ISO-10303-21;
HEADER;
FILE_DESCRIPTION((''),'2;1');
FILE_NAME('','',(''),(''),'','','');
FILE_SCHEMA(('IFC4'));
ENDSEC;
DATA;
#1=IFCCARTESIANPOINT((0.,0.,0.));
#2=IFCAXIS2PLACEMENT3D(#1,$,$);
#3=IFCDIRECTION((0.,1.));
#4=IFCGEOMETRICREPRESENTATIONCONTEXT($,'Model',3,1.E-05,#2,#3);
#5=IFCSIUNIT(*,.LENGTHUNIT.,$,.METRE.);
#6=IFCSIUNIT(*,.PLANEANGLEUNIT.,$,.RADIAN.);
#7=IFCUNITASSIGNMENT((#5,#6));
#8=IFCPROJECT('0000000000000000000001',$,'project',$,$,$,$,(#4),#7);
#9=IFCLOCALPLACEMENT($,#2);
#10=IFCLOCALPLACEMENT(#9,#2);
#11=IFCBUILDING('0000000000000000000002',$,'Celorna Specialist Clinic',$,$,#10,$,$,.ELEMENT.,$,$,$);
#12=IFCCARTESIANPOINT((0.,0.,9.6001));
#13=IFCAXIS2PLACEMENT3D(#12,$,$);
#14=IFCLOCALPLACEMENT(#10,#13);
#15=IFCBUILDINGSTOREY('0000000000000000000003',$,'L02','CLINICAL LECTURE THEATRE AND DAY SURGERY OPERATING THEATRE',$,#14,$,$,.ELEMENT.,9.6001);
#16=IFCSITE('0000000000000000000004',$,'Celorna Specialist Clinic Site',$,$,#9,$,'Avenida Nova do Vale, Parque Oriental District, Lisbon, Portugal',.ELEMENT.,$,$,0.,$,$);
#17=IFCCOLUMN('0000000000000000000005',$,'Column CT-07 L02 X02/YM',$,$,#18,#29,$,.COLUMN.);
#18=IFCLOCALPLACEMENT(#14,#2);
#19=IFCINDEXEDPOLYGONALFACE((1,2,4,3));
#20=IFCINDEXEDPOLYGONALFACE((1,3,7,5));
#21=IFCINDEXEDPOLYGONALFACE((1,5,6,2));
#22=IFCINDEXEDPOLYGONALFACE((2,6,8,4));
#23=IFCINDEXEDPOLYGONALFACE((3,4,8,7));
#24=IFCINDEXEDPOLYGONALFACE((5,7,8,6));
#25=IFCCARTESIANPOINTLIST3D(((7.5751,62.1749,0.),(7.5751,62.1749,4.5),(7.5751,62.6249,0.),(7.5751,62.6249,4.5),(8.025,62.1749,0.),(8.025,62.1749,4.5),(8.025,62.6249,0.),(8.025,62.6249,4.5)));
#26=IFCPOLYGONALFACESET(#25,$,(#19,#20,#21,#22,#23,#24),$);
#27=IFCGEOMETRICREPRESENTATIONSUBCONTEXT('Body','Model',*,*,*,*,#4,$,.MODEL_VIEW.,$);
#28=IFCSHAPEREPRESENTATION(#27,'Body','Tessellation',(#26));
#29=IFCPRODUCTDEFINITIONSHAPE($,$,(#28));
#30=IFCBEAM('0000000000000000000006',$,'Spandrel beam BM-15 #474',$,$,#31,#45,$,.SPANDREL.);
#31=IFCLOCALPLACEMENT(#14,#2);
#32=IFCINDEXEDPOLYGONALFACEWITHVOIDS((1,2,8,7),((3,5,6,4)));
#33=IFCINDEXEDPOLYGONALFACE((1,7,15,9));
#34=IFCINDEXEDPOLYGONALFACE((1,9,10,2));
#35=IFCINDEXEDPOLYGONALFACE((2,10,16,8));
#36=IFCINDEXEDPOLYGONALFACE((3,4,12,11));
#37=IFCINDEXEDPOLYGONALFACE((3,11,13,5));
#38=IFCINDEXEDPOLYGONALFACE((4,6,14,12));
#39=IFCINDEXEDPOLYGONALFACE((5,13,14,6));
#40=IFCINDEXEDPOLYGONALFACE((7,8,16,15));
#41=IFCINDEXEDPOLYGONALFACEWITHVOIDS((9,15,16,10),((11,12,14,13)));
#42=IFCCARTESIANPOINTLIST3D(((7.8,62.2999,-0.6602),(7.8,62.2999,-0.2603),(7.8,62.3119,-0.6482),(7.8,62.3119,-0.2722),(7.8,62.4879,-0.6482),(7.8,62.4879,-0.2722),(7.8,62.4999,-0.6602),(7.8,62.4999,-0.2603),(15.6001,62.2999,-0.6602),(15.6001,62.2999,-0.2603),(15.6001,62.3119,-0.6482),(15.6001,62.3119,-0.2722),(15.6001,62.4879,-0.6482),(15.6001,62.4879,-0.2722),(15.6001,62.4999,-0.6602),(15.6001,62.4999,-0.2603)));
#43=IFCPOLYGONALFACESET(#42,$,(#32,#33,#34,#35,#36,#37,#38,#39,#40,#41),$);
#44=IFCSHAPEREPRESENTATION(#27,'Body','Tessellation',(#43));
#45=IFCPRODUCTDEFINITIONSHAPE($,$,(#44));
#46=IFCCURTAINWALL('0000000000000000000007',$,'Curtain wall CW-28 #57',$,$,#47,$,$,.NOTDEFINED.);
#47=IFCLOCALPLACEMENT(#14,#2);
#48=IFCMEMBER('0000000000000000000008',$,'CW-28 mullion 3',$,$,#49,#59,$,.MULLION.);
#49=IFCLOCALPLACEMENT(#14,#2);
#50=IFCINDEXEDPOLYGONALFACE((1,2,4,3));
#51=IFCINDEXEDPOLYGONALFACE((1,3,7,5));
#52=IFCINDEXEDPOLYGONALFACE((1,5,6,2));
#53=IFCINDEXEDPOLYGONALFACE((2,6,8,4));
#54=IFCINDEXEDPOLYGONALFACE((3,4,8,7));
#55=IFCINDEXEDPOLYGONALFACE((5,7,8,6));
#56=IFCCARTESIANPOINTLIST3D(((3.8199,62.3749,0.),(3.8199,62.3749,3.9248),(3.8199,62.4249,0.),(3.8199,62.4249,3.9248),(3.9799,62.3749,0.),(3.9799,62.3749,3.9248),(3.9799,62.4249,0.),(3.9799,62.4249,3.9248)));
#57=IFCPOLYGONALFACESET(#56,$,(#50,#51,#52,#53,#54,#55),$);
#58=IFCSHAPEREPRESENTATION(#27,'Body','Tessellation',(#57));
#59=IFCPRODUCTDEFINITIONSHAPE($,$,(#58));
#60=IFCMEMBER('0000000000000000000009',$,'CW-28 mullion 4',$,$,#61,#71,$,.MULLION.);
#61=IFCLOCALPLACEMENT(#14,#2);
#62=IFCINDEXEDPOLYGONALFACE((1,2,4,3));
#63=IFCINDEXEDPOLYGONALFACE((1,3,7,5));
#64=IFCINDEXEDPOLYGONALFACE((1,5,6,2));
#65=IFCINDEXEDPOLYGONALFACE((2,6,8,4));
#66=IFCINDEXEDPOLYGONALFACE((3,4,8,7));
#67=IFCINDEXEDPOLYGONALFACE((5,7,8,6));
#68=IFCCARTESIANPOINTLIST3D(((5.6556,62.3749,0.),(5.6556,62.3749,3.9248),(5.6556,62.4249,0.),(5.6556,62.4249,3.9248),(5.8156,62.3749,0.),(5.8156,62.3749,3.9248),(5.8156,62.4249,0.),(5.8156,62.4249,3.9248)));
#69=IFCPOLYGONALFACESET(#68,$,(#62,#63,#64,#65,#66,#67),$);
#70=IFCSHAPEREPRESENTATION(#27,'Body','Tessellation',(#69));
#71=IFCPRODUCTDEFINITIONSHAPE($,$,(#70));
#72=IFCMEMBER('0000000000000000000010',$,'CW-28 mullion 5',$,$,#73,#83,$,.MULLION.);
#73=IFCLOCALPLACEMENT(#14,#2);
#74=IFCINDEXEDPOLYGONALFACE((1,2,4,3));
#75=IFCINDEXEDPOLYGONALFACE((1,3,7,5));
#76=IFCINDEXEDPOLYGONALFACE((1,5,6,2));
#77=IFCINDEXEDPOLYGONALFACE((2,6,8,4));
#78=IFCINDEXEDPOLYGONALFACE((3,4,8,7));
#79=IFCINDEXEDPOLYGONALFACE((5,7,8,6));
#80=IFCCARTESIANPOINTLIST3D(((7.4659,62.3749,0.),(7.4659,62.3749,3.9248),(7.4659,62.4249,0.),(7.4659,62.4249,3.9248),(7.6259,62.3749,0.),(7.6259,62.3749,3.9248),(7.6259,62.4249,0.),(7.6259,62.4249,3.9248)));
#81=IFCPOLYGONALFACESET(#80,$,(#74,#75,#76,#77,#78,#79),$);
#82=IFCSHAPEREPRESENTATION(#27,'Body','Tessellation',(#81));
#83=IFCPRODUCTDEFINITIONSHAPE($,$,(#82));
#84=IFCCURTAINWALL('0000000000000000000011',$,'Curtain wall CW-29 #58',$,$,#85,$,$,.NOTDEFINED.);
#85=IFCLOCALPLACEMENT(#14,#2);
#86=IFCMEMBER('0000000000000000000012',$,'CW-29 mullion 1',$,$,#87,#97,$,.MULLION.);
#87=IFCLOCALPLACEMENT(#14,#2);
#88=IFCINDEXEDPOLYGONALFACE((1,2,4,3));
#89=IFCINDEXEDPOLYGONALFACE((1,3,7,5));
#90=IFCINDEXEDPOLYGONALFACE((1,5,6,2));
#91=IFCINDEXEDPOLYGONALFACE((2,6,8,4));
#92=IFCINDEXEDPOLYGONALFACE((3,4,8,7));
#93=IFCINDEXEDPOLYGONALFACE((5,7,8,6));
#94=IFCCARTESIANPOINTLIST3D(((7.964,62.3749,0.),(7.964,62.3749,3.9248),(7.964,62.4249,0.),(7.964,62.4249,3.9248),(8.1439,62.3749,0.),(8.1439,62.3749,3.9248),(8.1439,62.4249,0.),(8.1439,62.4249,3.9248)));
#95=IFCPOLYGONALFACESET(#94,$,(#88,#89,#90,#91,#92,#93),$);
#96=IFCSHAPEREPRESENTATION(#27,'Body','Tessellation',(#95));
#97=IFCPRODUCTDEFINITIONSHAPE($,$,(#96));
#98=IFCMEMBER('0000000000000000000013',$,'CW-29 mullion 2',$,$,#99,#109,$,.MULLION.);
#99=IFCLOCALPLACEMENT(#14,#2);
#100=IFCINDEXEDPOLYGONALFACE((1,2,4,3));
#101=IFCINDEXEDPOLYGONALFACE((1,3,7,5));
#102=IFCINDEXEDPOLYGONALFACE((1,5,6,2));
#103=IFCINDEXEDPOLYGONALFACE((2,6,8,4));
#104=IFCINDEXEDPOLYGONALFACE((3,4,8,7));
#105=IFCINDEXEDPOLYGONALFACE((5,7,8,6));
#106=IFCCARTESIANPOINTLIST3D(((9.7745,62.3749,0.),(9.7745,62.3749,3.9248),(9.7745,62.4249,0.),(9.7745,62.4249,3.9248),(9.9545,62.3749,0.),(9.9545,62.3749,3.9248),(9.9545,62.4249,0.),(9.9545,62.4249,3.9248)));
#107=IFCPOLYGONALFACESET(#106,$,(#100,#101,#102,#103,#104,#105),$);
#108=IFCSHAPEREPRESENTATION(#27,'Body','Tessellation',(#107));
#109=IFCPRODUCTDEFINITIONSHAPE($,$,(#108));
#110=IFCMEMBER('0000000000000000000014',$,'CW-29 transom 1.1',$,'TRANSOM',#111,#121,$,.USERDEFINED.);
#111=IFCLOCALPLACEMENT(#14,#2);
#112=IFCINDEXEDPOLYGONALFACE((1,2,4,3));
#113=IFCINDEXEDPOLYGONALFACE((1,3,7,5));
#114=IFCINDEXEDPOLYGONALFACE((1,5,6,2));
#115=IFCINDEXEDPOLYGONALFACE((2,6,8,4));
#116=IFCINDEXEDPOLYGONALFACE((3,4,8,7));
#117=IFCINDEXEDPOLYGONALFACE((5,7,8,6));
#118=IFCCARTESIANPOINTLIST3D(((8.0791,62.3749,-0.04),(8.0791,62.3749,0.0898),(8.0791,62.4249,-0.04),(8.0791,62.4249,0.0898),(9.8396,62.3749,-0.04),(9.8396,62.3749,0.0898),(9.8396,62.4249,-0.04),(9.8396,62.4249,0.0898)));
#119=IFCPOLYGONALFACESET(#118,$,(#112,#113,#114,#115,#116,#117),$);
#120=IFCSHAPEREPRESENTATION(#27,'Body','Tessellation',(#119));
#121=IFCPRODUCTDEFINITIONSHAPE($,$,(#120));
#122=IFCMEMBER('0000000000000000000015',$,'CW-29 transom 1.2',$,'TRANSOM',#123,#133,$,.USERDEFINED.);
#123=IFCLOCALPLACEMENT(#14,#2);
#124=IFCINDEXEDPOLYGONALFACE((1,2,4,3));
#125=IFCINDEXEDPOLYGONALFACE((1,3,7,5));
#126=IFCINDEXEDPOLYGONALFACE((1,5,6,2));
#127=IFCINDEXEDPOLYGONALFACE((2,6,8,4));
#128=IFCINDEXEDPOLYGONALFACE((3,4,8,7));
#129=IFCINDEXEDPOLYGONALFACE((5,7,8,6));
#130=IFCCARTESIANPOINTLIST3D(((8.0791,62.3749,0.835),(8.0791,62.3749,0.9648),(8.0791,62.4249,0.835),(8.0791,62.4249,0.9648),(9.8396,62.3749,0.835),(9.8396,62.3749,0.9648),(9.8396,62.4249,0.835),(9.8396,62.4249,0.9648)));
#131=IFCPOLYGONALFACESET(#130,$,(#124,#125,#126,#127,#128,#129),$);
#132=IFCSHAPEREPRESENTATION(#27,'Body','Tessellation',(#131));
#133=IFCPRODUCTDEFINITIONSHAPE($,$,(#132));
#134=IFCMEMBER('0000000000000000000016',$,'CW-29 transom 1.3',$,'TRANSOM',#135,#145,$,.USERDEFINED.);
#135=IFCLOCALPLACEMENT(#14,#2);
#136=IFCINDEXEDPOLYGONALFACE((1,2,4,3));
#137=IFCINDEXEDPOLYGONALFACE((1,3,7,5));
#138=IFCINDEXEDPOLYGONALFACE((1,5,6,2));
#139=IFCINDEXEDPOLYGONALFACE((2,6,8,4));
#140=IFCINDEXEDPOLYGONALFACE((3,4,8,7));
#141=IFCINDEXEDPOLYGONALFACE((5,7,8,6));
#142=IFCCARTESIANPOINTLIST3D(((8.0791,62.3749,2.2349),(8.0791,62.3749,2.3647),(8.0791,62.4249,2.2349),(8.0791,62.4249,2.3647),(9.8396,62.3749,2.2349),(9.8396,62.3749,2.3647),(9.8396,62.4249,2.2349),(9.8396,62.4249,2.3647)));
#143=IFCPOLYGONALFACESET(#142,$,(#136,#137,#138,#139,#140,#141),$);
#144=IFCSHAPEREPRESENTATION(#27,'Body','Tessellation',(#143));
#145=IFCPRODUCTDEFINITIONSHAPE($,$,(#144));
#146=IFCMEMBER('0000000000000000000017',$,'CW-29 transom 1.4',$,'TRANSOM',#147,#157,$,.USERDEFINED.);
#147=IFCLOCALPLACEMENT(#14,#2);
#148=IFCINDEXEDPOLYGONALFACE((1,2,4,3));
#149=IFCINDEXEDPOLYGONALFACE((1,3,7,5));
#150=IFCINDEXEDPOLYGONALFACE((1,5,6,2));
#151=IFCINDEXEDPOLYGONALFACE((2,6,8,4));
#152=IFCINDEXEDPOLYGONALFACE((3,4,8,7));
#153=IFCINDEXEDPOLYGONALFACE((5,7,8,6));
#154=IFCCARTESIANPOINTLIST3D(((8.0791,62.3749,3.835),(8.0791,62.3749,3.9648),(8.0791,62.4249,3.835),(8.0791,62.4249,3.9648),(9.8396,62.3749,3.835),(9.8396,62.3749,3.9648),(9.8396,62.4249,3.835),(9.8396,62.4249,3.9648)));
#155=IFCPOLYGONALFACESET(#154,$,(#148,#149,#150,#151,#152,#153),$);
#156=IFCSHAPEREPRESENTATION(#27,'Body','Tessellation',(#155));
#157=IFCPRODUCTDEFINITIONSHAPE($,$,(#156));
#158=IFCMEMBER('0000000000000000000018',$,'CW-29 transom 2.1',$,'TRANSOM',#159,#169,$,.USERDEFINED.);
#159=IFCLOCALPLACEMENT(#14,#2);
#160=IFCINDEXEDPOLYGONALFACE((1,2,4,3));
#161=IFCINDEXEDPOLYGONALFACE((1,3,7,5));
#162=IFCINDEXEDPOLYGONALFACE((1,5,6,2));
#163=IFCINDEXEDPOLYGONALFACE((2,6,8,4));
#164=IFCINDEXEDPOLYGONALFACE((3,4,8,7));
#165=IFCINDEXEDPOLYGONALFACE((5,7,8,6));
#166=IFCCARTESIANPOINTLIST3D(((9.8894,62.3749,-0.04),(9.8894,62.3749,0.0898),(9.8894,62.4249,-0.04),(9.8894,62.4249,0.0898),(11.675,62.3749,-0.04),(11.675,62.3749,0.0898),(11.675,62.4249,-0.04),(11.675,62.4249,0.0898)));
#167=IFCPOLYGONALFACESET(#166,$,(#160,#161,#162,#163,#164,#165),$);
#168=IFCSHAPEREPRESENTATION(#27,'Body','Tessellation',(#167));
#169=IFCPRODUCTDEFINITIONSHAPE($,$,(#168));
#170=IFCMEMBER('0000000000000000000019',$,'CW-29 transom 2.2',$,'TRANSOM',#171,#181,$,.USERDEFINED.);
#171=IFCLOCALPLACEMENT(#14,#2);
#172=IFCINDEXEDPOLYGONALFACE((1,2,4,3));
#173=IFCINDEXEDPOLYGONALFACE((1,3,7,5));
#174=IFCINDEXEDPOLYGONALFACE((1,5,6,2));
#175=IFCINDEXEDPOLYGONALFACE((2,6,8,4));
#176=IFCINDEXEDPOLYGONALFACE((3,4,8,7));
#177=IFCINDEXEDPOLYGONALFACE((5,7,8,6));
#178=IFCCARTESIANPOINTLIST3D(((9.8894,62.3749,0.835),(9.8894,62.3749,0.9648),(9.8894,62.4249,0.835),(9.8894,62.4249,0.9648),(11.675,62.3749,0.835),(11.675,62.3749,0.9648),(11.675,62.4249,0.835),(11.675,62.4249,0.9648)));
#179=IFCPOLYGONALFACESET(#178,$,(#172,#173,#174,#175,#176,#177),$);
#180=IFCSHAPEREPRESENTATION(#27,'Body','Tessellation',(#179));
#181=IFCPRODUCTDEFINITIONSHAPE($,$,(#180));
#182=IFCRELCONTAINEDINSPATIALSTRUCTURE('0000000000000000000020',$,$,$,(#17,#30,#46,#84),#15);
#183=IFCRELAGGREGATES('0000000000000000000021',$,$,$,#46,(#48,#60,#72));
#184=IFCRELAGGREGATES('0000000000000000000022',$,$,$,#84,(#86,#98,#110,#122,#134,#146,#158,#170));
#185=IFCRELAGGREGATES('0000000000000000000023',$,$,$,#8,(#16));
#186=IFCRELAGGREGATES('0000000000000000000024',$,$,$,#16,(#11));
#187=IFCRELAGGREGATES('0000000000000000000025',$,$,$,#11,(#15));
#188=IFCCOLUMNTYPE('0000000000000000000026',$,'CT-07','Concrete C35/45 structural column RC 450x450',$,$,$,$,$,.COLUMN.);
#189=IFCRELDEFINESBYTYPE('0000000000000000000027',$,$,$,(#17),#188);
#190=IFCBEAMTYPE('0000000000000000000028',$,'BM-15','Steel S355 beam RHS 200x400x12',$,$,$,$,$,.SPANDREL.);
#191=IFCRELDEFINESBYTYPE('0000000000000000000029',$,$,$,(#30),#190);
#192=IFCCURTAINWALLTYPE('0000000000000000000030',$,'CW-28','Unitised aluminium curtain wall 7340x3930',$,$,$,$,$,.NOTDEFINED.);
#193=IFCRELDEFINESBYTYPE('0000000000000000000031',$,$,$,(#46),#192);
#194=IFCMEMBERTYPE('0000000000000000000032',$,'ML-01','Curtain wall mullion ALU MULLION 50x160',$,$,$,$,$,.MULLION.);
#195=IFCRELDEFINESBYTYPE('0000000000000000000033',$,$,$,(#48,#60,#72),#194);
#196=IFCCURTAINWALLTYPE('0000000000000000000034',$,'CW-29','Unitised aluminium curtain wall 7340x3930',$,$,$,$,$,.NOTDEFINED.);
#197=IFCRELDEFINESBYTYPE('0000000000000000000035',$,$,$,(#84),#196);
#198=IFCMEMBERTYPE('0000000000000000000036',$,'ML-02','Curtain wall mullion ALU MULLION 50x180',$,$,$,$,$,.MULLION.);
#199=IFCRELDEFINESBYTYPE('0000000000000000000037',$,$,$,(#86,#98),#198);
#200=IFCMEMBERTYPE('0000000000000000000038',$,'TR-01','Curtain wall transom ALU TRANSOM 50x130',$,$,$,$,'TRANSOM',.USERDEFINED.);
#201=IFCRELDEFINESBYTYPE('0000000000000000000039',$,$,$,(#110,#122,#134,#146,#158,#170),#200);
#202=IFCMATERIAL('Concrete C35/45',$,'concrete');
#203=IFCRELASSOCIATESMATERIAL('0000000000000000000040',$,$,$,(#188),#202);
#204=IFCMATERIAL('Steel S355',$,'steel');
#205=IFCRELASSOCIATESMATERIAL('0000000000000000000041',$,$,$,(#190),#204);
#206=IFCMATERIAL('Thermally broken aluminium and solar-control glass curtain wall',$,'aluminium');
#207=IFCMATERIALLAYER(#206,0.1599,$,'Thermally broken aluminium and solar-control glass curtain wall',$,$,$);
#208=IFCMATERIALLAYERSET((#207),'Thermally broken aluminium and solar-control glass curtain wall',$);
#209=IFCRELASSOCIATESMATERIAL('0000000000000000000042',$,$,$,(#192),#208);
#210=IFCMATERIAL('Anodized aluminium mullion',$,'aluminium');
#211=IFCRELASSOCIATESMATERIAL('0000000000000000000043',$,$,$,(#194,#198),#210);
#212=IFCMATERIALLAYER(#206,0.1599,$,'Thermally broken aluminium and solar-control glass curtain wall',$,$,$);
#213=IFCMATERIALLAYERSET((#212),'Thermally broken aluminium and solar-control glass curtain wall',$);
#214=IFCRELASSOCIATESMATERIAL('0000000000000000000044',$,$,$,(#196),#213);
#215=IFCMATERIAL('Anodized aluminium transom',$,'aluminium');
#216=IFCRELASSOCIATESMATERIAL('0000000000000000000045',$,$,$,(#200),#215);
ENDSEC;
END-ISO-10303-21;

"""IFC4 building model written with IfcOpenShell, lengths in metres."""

from ifc_helpers import new_model, si_unit, direction, frame, origin, origin_2d, place, context, subcontext, project, spatial, rectangle, hollow_rectangle, extrude, material, layer, layer_set, material_profile, profile_set, type_object, element, aggregate, save


model = new_model("IFC4")

# Units and contexts
model_context = context("Model", 3, precision=1e-05, world=origin(), true_north=direction((0.0, 1.0)))
body_context = subcontext(model_context, "Body", "Model", "MODEL_VIEW")
ifc_project = project(units=[si_unit("LENGTHUNIT", "METRE"), si_unit("PLANEANGLEUNIT", "RADIAN")], contexts=[model_context])

# Site, building, storey
site_placement = place(None, origin())
site = spatial("IfcSite", under=ifc_project, at=site_placement, Name="Celorna Specialist Clinic Site", LongName="Avenida Nova do Vale, Parque Oriental District, Lisbon, Portugal", CompositionType="ELEMENT", RefElevation=0.0)
building_placement = place(site_placement, origin())
building = spatial("IfcBuilding", under=site, at=building_placement, Name="Celorna Specialist Clinic", CompositionType="ELEMENT")
storey_placement = place(building_placement, frame((0.0, 0.0, 9.6001)))
storey = spatial("IfcBuildingStorey", under=building, at=storey_placement, Name="L02", Description="CLINICAL LECTURE THEATRE AND DAY SURGERY OPERATING THEATRE", CompositionType="ELEMENT", Elevation=9.6001)

# Column
ifc_material_1 = material(Name="Concrete C35/45", Category="concrete")
ifc_material_profile_1 = material_profile(ifc_material_1, rectangle(XDim=0.45, YDim=0.45, at=origin_2d()), Name="RC 450x450")
ifc_profile_set_1 = profile_set([ifc_material_profile_1], Name="Concrete C35/45")
column_type = type_object("IfcColumnType", Name="CT-07", Description="Concrete C35/45 structural column RC 450x450", PredefinedType="COLUMN", material=ifc_profile_set_1)
column_placement = place(storey_placement, frame((7.8, 62.3999, 0.0), z_axis=(0.0, 0.0, 1.0), x_axis=(1.0, 0.0, 0.0)))
element("IfcColumn", 1, at=column_placement, inside=storey, type_object=column_type, Name="Column CT-07 L02 X02/YM", PredefinedType="COLUMN", context=body_context, shape_type="SweptSolid", body=[
    extrude(rectangle(XDim=0.45, YDim=0.45, at=origin_2d()), origin(), (0.0, 0.0, 1.0), 4.5),
])

# Beam
ifc_material_2 = material(Name="Steel S355", Category="steel")
ifc_material_profile_2 = material_profile(ifc_material_2, hollow_rectangle(XDim=0.2, YDim=0.3999, WallThickness=0.012, at=origin_2d()), Name="RHS 200x400x12")
ifc_profile_set_2 = profile_set([ifc_material_profile_2], Name="Steel S355")
beam_type = type_object("IfcBeamType", Name="BM-15", Description="Steel S355 beam RHS 200x400x12", PredefinedType="SPANDREL", material=ifc_profile_set_2)
beam_placement = place(storey_placement, frame((7.8, 62.3999, -0.4602), z_axis=(1.0, 0.0, 0.0), x_axis=(0.0, 1.0, 0.0)))
element("IfcBeam", 2, at=beam_placement, inside=storey, type_object=beam_type, Name="Spandrel beam BM-15 #474", PredefinedType="SPANDREL", context=body_context, shape_type="SweptSolid", body=[
    extrude(hollow_rectangle(XDim=0.2, YDim=0.3999, WallThickness=0.012, at=origin_2d()), origin(), (0.0, 0.0, 1.0), 7.8),
])

# Curtain walls, members
ifc_material_3 = material(Name="Thermally broken aluminium and solar-control glass curtain wall", Category="aluminium")
ifc_layer_1 = layer(ifc_material_3, 0.1599, Name="Thermally broken aluminium and solar-control glass curtain wall")
ifc_layer_set_1 = layer_set([ifc_layer_1], Name="Thermally broken aluminium and solar-control glass curtain wall")
curtain_wall_type_1 = type_object("IfcCurtainWallType", Name="CW-28", Description="Unitised aluminium curtain wall 7340x3930", PredefinedType="NOTDEFINED", material=ifc_layer_set_1)
curtain_wall_1_placement = place(storey_placement, origin())
curtain_wall_1 = element("IfcCurtainWall", 3, at=curtain_wall_1_placement, inside=storey, type_object=curtain_wall_type_1, Name="Curtain wall CW-28 #57", PredefinedType="NOTDEFINED")
ifc_material_4 = material(Name="Anodized aluminium mullion", Category="aluminium")
ifc_material_profile_3 = material_profile(ifc_material_4, rectangle(XDim=0.05, YDim=0.1599, at=origin_2d()), Name="ALU MULLION 50x160")
ifc_profile_set_3 = profile_set([ifc_material_profile_3], Name="Anodized aluminium mullion")
member_type_1 = type_object("IfcMemberType", Name="ML-01", Description="Curtain wall mullion ALU MULLION 50x160", PredefinedType="MULLION", material=ifc_profile_set_3)
member_1_placement = place(storey_placement, frame((3.8999, 62.3999, 0.0), z_axis=(0.0, 0.0, 1.0), x_axis=(0.0, 1.0, 0.0)))
member_1 = element("IfcMember", 4, at=member_1_placement, type_object=member_type_1, Name="CW-28 mullion 3", PredefinedType="MULLION", context=body_context, shape_type="SweptSolid", body=[
    extrude(rectangle(XDim=0.05, YDim=0.1599, at=origin_2d()), origin(), (0.0, 0.0, 1.0), 3.9248),
])
member_2_placement = place(storey_placement, frame((5.7356, 62.3999, 0.0), z_axis=(0.0, 0.0, 1.0), x_axis=(0.0, 1.0, 0.0)))
member_2 = element("IfcMember", 5, at=member_2_placement, type_object=member_type_1, Name="CW-28 mullion 4", PredefinedType="MULLION", context=body_context, shape_type="SweptSolid", body=[
    extrude(rectangle(XDim=0.05, YDim=0.1599, at=origin_2d()), origin(), (0.0, 0.0, 1.0), 3.9248),
])
member_3_placement = place(storey_placement, frame((7.5459, 62.3999, 0.0), z_axis=(0.0, 0.0, 1.0), x_axis=(0.0, 1.0, 0.0)))
member_3 = element("IfcMember", 6, at=member_3_placement, type_object=member_type_1, Name="CW-28 mullion 5", PredefinedType="MULLION", context=body_context, shape_type="SweptSolid", body=[
    extrude(rectangle(XDim=0.05, YDim=0.1599, at=origin_2d()), origin(), (0.0, 0.0, 1.0), 3.9248),
])
ifc_layer_2 = layer(ifc_material_3, 0.1599, Name="Thermally broken aluminium and solar-control glass curtain wall")
ifc_layer_set_2 = layer_set([ifc_layer_2], Name="Thermally broken aluminium and solar-control glass curtain wall")
curtain_wall_type_2 = type_object("IfcCurtainWallType", Name="CW-29", Description="Unitised aluminium curtain wall 7340x3930", PredefinedType="NOTDEFINED", material=ifc_layer_set_2)
curtain_wall_2_placement = place(storey_placement, origin())
curtain_wall_2 = element("IfcCurtainWall", 7, at=curtain_wall_2_placement, inside=storey, type_object=curtain_wall_type_2, Name="Curtain wall CW-29 #58", PredefinedType="NOTDEFINED")
ifc_material_profile_4 = material_profile(ifc_material_4, rectangle(XDim=0.05, YDim=0.1799, at=origin_2d()), Name="ALU MULLION 50x180")
ifc_profile_set_4 = profile_set([ifc_material_profile_4], Name="Anodized aluminium mullion")
member_type_2 = type_object("IfcMemberType", Name="ML-02", Description="Curtain wall mullion ALU MULLION 50x180", PredefinedType="MULLION", material=ifc_profile_set_4)
member_4_placement = place(storey_placement, frame((8.054, 62.3999, 0.0), z_axis=(0.0, 0.0, 1.0), x_axis=(0.0, 1.0, 0.0)))
member_4 = element("IfcMember", 8, at=member_4_placement, type_object=member_type_2, Name="CW-29 mullion 1", PredefinedType="MULLION", context=body_context, shape_type="SweptSolid", body=[
    extrude(rectangle(XDim=0.05, YDim=0.1799, at=origin_2d()), origin(), (0.0, 0.0, 1.0), 3.9248),
])
member_5_placement = place(storey_placement, frame((9.8645, 62.3999, 0.0), z_axis=(0.0, 0.0, 1.0), x_axis=(0.0, 1.0, 0.0)))
member_5 = element("IfcMember", 9, at=member_5_placement, type_object=member_type_2, Name="CW-29 mullion 2", PredefinedType="MULLION", context=body_context, shape_type="SweptSolid", body=[
    extrude(rectangle(XDim=0.05, YDim=0.1799, at=origin_2d()), origin(), (0.0, 0.0, 1.0), 3.9248),
])
ifc_material_5 = material(Name="Anodized aluminium transom", Category="aluminium")
ifc_material_profile_5 = material_profile(ifc_material_5, rectangle(XDim=0.05, YDim=0.1299, at=origin_2d()), Name="ALU TRANSOM 50x130")
ifc_profile_set_5 = profile_set([ifc_material_profile_5], Name="Anodized aluminium transom")
member_type_3 = type_object("IfcMemberType", Name="TR-01", Description="Curtain wall transom ALU TRANSOM 50x130", ElementType="TRANSOM", PredefinedType="USERDEFINED", material=ifc_profile_set_5)
member_6_placement = place(storey_placement, frame((8.0791, 62.3999, 0.0249), z_axis=(1.0, 0.0, 0.0), x_axis=(0.0, 1.0, 0.0)))
member_6 = element("IfcMember", 10, at=member_6_placement, type_object=member_type_3, Name="CW-29 transom 1.1", ObjectType="TRANSOM", PredefinedType="USERDEFINED", context=body_context, shape_type="SweptSolid", body=[
    extrude(rectangle(XDim=0.05, YDim=0.1299, at=origin_2d()), origin(), (0.0, 0.0, 1.0), 1.7605),
])
member_7_placement = place(storey_placement, frame((8.0791, 62.3999, 0.8999), z_axis=(1.0, 0.0, 0.0), x_axis=(0.0, 1.0, 0.0)))
member_7 = element("IfcMember", 11, at=member_7_placement, type_object=member_type_3, Name="CW-29 transom 1.2", ObjectType="TRANSOM", PredefinedType="USERDEFINED", context=body_context, shape_type="SweptSolid", body=[
    extrude(rectangle(XDim=0.05, YDim=0.1299, at=origin_2d()), origin(), (0.0, 0.0, 1.0), 1.7605),
])
member_8_placement = place(storey_placement, frame((8.0791, 62.3999, 2.2998), z_axis=(1.0, 0.0, 0.0), x_axis=(0.0, 1.0, 0.0)))
member_8 = element("IfcMember", 12, at=member_8_placement, type_object=member_type_3, Name="CW-29 transom 1.3", ObjectType="TRANSOM", PredefinedType="USERDEFINED", context=body_context, shape_type="SweptSolid", body=[
    extrude(rectangle(XDim=0.05, YDim=0.1299, at=origin_2d()), origin(), (0.0, 0.0, 1.0), 1.7605),
])
member_9_placement = place(storey_placement, frame((8.0791, 62.3999, 3.8999), z_axis=(1.0, 0.0, 0.0), x_axis=(0.0, 1.0, 0.0)))
member_9 = element("IfcMember", 13, at=member_9_placement, type_object=member_type_3, Name="CW-29 transom 1.4", ObjectType="TRANSOM", PredefinedType="USERDEFINED", context=body_context, shape_type="SweptSolid", body=[
    extrude(rectangle(XDim=0.05, YDim=0.1299, at=origin_2d()), origin(), (0.0, 0.0, 1.0), 1.7605),
])
member_10_placement = place(storey_placement, frame((9.8894, 62.3999, 0.0249), z_axis=(1.0, 0.0, 0.0), x_axis=(0.0, 1.0, 0.0)))
member_10 = element("IfcMember", 14, at=member_10_placement, type_object=member_type_3, Name="CW-29 transom 2.1", ObjectType="TRANSOM", PredefinedType="USERDEFINED", context=body_context, shape_type="SweptSolid", body=[
    extrude(rectangle(XDim=0.05, YDim=0.1299, at=origin_2d()), origin(), (0.0, 0.0, 1.0), 1.7856),
])
member_11_placement = place(storey_placement, frame((9.8894, 62.3999, 0.8999), z_axis=(1.0, 0.0, 0.0), x_axis=(0.0, 1.0, 0.0)))
member_11 = element("IfcMember", 15, at=member_11_placement, type_object=member_type_3, Name="CW-29 transom 2.2", ObjectType="TRANSOM", PredefinedType="USERDEFINED", context=body_context, shape_type="SweptSolid", body=[
    extrude(rectangle(XDim=0.05, YDim=0.1299, at=origin_2d()), origin(), (0.0, 0.0, 1.0), 1.7856),
])

aggregate(curtain_wall_1, [member_1, member_2, member_3])
aggregate(curtain_wall_2, [member_4, member_5, member_6, member_7, member_8, member_9, member_10, member_11])

save(model, "model.ifc")
